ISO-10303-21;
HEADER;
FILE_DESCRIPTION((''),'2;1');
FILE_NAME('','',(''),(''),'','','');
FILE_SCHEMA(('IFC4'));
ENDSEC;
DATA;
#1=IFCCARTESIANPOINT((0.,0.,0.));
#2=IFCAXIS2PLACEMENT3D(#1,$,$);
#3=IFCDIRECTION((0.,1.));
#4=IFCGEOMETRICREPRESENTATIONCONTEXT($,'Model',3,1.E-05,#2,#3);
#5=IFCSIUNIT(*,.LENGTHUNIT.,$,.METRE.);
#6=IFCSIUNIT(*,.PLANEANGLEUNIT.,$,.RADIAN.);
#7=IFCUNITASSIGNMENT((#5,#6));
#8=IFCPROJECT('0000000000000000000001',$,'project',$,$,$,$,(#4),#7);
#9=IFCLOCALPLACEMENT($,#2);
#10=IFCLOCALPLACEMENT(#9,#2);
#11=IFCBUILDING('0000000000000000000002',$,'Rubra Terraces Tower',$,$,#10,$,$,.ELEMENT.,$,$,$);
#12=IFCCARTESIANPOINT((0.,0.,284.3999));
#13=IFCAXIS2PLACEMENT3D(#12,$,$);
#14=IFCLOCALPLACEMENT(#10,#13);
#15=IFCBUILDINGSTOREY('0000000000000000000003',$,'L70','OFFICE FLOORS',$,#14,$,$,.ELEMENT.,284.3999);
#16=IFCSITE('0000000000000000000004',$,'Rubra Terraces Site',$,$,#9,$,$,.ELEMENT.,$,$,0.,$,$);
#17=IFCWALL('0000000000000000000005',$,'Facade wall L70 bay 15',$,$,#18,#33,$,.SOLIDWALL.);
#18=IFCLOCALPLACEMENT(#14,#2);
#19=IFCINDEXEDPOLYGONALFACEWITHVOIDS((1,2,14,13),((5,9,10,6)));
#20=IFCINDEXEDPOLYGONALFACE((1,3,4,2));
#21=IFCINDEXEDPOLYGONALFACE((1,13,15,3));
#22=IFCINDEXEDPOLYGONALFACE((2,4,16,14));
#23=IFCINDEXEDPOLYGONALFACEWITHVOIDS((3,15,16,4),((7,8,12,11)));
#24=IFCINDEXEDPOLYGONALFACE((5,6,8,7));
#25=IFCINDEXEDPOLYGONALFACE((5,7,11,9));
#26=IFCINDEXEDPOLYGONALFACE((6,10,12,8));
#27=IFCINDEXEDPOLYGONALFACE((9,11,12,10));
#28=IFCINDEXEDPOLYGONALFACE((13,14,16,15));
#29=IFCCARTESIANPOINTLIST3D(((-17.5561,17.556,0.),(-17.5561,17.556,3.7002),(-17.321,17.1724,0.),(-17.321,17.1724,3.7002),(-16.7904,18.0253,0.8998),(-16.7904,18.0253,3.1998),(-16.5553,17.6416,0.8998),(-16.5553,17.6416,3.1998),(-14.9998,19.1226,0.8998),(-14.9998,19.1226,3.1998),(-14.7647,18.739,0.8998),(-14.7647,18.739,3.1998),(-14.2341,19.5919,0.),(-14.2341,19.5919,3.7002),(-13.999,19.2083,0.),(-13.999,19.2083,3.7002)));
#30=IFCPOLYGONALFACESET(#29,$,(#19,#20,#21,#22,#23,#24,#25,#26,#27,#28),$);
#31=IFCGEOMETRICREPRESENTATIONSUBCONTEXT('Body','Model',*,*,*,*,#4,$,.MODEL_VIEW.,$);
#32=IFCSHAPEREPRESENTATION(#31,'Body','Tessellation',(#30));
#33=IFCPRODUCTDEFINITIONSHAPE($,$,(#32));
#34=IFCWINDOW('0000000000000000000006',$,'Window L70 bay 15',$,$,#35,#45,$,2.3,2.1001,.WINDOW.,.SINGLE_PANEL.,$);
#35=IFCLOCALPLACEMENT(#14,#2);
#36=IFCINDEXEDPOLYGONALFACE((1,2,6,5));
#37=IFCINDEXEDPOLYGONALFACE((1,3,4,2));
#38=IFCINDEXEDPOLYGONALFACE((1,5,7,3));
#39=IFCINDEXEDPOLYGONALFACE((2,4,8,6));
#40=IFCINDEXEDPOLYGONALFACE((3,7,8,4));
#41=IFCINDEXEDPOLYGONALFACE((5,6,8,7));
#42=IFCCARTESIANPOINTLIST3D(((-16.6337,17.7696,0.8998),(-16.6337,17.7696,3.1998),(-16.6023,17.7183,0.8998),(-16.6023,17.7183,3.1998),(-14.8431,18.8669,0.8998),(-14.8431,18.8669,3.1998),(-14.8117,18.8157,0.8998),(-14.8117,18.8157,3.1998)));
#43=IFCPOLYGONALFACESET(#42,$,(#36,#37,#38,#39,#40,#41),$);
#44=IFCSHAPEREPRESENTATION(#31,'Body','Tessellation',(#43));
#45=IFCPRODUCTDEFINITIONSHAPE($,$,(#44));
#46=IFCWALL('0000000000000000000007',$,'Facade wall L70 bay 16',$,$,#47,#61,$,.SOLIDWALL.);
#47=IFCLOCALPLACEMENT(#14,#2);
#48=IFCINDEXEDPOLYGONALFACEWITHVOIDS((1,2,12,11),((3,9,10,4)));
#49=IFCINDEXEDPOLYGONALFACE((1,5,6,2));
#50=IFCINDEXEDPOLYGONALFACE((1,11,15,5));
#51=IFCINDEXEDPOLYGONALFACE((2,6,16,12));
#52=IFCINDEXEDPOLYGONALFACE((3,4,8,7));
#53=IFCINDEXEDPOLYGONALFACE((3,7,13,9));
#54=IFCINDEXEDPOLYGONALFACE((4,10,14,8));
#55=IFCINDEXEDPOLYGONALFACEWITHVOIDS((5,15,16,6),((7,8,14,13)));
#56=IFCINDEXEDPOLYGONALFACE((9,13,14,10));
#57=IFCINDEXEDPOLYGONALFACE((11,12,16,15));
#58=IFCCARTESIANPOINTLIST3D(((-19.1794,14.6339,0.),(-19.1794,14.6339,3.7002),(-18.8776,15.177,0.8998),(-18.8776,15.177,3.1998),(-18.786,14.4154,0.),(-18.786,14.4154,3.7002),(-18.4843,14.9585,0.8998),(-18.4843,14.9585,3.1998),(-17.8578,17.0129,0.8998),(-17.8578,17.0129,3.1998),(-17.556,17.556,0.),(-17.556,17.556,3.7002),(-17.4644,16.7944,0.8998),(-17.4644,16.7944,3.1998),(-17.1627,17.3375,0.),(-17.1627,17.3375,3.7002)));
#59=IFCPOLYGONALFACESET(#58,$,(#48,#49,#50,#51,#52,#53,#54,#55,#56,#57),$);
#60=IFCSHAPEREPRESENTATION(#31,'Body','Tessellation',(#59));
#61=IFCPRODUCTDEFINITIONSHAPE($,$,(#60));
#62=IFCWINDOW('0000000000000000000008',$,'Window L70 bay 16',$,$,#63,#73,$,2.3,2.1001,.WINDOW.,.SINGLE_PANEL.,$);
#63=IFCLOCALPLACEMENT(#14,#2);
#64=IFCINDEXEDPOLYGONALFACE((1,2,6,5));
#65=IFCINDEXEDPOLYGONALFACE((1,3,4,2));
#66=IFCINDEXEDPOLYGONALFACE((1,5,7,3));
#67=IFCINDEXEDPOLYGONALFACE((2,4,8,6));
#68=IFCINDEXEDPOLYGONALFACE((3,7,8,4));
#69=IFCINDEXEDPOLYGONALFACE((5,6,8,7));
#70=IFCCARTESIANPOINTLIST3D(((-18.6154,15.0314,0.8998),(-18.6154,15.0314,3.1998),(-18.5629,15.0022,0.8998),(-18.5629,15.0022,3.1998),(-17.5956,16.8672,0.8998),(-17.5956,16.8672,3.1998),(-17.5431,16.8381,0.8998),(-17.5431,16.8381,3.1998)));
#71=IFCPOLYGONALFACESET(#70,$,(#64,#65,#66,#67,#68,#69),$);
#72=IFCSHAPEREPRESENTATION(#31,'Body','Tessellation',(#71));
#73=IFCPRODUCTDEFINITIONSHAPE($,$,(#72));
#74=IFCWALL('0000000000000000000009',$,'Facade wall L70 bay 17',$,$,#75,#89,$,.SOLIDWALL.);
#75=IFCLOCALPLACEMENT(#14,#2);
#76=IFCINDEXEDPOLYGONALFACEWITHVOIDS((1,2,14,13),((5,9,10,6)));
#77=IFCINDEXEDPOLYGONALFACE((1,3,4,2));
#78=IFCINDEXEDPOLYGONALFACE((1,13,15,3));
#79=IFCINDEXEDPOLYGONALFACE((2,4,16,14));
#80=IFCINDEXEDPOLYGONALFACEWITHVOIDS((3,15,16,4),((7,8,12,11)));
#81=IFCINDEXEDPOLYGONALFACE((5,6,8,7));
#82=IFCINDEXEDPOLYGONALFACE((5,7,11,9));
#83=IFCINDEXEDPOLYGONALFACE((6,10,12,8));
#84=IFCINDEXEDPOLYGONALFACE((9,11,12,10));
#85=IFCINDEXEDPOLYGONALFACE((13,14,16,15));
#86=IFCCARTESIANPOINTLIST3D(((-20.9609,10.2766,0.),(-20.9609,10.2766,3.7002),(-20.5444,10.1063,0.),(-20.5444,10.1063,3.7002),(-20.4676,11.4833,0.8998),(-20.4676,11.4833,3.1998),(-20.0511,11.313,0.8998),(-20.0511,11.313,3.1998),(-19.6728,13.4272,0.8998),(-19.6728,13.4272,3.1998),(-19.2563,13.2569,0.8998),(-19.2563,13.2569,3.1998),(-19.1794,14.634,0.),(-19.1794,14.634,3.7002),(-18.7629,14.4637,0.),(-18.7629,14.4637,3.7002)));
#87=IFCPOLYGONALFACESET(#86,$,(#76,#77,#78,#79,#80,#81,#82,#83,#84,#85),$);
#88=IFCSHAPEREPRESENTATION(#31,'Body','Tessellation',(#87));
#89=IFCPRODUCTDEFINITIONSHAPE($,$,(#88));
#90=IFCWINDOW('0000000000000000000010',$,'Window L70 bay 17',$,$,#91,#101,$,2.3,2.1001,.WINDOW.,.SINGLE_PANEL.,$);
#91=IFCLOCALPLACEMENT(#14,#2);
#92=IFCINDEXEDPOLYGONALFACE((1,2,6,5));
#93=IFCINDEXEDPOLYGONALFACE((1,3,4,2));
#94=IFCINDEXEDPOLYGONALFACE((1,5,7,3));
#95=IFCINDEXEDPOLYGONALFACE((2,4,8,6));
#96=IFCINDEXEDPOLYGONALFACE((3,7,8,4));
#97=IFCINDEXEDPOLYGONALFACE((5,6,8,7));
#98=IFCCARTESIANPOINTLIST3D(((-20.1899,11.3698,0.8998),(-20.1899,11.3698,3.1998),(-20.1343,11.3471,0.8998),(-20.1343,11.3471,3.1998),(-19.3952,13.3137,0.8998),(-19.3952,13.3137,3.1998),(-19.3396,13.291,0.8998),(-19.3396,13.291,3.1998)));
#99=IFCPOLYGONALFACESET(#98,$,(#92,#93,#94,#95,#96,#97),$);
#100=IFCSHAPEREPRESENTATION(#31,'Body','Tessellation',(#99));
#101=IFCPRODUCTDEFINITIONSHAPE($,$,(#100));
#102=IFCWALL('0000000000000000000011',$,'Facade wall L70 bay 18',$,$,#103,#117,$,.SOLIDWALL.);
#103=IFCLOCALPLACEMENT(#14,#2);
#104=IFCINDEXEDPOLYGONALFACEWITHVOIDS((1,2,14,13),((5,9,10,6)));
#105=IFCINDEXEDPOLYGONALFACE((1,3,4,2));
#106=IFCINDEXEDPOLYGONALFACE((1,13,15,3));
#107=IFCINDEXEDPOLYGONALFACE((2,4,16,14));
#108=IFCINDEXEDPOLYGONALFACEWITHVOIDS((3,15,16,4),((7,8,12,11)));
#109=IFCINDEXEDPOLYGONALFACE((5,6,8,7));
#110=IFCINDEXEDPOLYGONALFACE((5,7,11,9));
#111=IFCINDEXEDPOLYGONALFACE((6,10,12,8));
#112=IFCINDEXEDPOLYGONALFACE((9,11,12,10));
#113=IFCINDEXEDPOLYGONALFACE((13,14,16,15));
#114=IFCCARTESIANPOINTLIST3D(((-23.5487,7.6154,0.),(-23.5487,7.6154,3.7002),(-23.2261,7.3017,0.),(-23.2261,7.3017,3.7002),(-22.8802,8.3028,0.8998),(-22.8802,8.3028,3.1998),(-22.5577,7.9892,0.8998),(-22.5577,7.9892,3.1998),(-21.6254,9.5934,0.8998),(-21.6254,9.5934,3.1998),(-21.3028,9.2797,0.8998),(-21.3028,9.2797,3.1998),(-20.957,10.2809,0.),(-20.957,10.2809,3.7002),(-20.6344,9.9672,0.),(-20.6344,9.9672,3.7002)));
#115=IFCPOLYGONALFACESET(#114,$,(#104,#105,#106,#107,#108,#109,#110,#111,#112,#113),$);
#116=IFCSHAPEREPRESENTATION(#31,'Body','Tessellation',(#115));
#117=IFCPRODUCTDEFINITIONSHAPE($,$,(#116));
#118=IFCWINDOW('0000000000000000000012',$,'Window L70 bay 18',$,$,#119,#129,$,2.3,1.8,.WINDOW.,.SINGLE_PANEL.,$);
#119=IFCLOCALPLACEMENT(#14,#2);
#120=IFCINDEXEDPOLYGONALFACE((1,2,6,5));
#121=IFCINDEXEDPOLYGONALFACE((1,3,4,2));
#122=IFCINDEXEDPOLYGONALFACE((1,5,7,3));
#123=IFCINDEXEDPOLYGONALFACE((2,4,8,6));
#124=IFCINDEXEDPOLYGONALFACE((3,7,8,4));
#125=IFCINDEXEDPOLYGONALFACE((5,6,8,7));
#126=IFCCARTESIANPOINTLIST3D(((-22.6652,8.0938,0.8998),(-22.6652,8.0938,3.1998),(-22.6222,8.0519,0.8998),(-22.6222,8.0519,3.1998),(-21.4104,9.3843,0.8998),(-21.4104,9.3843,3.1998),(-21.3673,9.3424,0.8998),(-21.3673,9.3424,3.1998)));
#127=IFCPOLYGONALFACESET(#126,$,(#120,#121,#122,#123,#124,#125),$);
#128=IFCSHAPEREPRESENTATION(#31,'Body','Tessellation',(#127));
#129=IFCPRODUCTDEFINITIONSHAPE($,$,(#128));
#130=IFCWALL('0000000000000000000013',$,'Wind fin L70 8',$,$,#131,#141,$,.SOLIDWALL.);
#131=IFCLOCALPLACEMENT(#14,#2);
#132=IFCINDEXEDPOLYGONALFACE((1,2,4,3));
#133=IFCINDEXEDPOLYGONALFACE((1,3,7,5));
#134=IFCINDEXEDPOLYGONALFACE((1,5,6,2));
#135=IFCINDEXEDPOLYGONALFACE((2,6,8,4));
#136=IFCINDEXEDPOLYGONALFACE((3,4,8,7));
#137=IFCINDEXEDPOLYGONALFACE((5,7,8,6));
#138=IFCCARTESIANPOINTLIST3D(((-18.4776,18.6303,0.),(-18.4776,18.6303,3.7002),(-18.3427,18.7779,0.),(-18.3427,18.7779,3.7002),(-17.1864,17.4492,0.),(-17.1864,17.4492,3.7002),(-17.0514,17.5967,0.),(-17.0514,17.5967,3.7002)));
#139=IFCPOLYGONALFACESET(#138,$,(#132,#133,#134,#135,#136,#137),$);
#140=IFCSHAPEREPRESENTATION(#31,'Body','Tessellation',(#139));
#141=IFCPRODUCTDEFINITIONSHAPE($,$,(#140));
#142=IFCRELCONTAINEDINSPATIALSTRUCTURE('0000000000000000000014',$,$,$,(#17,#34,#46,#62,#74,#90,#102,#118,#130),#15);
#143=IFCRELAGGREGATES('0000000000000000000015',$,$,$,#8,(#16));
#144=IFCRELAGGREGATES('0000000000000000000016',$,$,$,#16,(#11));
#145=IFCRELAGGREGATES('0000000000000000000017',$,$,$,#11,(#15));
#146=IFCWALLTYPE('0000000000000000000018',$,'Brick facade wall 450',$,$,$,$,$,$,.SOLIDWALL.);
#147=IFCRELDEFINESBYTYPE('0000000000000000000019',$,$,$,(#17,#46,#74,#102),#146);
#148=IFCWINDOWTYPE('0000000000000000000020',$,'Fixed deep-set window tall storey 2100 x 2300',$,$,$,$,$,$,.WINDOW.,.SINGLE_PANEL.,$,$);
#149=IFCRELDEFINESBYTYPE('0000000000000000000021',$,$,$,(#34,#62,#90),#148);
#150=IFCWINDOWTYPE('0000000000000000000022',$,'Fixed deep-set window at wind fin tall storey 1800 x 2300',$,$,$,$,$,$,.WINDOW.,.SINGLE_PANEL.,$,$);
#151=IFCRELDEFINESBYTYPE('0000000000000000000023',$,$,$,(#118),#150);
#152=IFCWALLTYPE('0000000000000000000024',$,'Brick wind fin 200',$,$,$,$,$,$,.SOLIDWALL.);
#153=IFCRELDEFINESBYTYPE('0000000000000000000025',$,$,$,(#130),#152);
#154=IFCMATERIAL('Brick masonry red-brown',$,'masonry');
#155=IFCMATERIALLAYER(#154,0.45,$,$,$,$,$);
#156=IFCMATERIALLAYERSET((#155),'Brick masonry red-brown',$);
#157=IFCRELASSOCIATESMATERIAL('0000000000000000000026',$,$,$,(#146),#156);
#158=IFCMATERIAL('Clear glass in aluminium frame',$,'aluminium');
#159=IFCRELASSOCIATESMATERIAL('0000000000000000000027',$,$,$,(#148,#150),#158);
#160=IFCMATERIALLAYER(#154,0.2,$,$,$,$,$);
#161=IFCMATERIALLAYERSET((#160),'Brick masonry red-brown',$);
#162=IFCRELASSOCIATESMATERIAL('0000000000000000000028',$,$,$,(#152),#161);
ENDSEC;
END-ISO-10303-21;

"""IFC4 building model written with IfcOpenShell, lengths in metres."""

from ifc_helpers import new_model, si_unit, direction, frame, frame_2d, origin, place, context, subcontext, project, spatial, rectangle, extrude, material, layer, layer_set, type_object, element, fill, save


model = new_model("IFC4")

# Units and contexts
model_context = context("Model", 3, precision=1e-05, world=origin(), true_north=direction((0.0, 1.0)))
body_context = subcontext(model_context, "Body", "Model", "MODEL_VIEW")
ifc_project = project(units=[si_unit("LENGTHUNIT", "METRE"), si_unit("PLANEANGLEUNIT", "RADIAN")], contexts=[model_context])

# Site, building, storey
site_placement = place(None, origin())
site = spatial("IfcSite", under=ifc_project, at=site_placement, Name="Rubra Terraces Site", CompositionType="ELEMENT", RefElevation=0.0)
building_placement = place(site_placement, origin())
building = spatial("IfcBuilding", under=site, at=building_placement, Name="Rubra Terraces Tower", CompositionType="ELEMENT")
storey_placement = place(building_placement, frame((0.0, 0.0, 284.3999)))
storey = spatial("IfcBuildingStorey", under=building, at=storey_placement, Name="L70", Description="OFFICE FLOORS", CompositionType="ELEMENT", Elevation=284.3999)

# Walls, openings, windows
ifc_material_1 = material(Name="Brick masonry red-brown", Category="masonry")
ifc_layer_1 = layer(ifc_material_1, 0.45)
ifc_layer_set_1 = layer_set([ifc_layer_1], Name="Brick masonry red-brown")
wall_type_1 = type_object("IfcWallType", Name="Brick facade wall 450", PredefinedType="SOLIDWALL", material=ifc_layer_set_1)
wall_1_placement = place(storey_placement, frame((-14.1165, 19.4001, 0.0), z_axis=(0.0, 0.0, 1.0), x_axis=(-0.852623, -0.522527, 0.0)))
wall_1 = element("IfcWall", 1, at=wall_1_placement, inside=storey, type_object=wall_type_1, Name="Facade wall L70 bay 15", PredefinedType="SOLIDWALL", context=body_context, shape_type="SweptSolid", body=[
    extrude(rectangle(XDim=3.8962, YDim=0.45, at=frame_2d((1.9482, 0.0))), origin(), (0.0, 0.0, 1.0), 3.7002),
])
opening_1_placement = place(wall_1_placement, frame((0.8982, 0.0, 0.8999)))
opening_1 = element("IfcOpeningElement", 2, at=opening_1_placement, cuts=wall_1, PredefinedType="OPENING", context=body_context, shape_type="SweptSolid", body=[
    extrude(rectangle(XDim=2.1001, YDim=2.3, at=frame_2d((1.05, 1.1499))), frame((0.0, 0.2349, 0.0), z_axis=(0.0, -1.0, 0.0), x_axis=(1.0, 0.0, 0.0)), (0.0, 0.0, 1.0), 0.47),
])
ifc_material_2 = material(Name="Clear glass in aluminium frame", Category="aluminium")
window_type_1 = type_object("IfcWindowType", Name="Fixed deep-set window tall storey 2100 x 2300", PartitioningType="SINGLE_PANEL", PredefinedType="WINDOW", material=ifc_material_2)
window_1_placement = place(opening_1_placement, origin())
window_1 = element("IfcWindow", 3, at=window_1_placement, inside=storey, type_object=window_type_1, Name="Window L70 bay 15", OverallHeight=2.3, OverallWidth=2.1001, PartitioningType="SINGLE_PANEL", PredefinedType="WINDOW", context=body_context, shape_type="SweptSolid", body=[
    extrude(rectangle(XDim=2.1001, YDim=2.3, at=frame_2d((1.05, 1.1499))), frame((0.0, 0.135, 0.0), z_axis=(0.0, -1.0, 0.0), x_axis=(1.0, 0.0, 0.0)), (0.0, 0.0, 1.0), 0.0601),
])
fill(opening_1, window_1)
wall_2_placement = place(storey_placement, frame((-17.3594, 17.4468, 0.0), z_axis=(0.0, 0.0, 1.0), x_axis=(-0.485618, -0.874171, 0.0)))
wall_2 = element("IfcWall", 4, at=wall_2_placement, inside=storey, type_object=wall_type_1, Name="Facade wall L70 bay 16", PredefinedType="SOLIDWALL", context=body_context, shape_type="SweptSolid", body=[
    extrude(rectangle(XDim=3.3428, YDim=0.45, at=frame_2d((1.6714, 0.0))), origin(), (0.0, 0.0, 1.0), 3.7002),
])
opening_2_placement = place(wall_2_placement, frame((0.6213, 0.0, 0.8999)))
opening_2 = element("IfcOpeningElement", 5, at=opening_2_placement, cuts=wall_2, PredefinedType="OPENING", context=body_context, shape_type="SweptSolid", body=[
    extrude(rectangle(XDim=2.1001, YDim=2.3, at=frame_2d((1.05, 1.1499))), frame((0.0, 0.2349, 0.0), z_axis=(0.0, -1.0, 0.0), x_axis=(1.0, 0.0, 0.0)), (0.0, 0.0, 1.0), 0.47),
])
window_2_placement = place(opening_2_placement, origin())
window_2 = element("IfcWindow", 6, at=window_2_placement, inside=storey, type_object=window_type_1, Name="Window L70 bay 16", OverallHeight=2.3, OverallWidth=2.1001, PartitioningType="SINGLE_PANEL", PredefinedType="WINDOW", context=body_context, shape_type="SweptSolid", body=[
    extrude(rectangle(XDim=2.1001, YDim=2.3, at=frame_2d((1.05, 1.1499))), frame((0.0, 0.135, 0.0), z_axis=(0.0, -1.0, 0.0), x_axis=(1.0, 0.0, 0.0)), (0.0, 0.0, 1.0), 0.0601),
])
fill(opening_2, window_2)
wall_3_placement = place(storey_placement, frame((-18.9712, 14.5488, 0.0), z_axis=(0.0, 0.0, 1.0), x_axis=(-0.378435, -0.925628, 0.0)))
wall_3 = element("IfcWall", 7, at=wall_3_placement, inside=storey, type_object=wall_type_1, Name="Facade wall L70 bay 17", PredefinedType="SOLIDWALL", context=body_context, shape_type="SweptSolid", body=[
    extrude(rectangle(XDim=4.7075, YDim=0.45, at=frame_2d((2.3538, 0.0))), origin(), (0.0, 0.0, 1.0), 3.7002),
])
opening_3_placement = place(wall_3_placement, frame((1.3037, 0.0, 0.8999)))
opening_3 = element("IfcOpeningElement", 8, at=opening_3_placement, cuts=wall_3, PredefinedType="OPENING", context=body_context, shape_type="SweptSolid", body=[
    extrude(rectangle(XDim=2.1001, YDim=2.3, at=frame_2d((1.05, 1.1499))), frame((0.0, 0.2349, 0.0), z_axis=(0.0, -1.0, 0.0), x_axis=(1.0, 0.0, 0.0)), (0.0, 0.0, 1.0), 0.47),
])
window_3_placement = place(opening_3_placement, origin())
window_3 = element("IfcWindow", 9, at=window_3_placement, inside=storey, type_object=window_type_1, Name="Window L70 bay 17", OverallHeight=2.3, OverallWidth=2.1001, PartitioningType="SINGLE_PANEL", PredefinedType="WINDOW", context=body_context, shape_type="SweptSolid", body=[
    extrude(rectangle(XDim=2.1001, YDim=2.3, at=frame_2d((1.05, 1.1499))), frame((0.0, 0.135, 0.0), z_axis=(0.0, -1.0, 0.0), x_axis=(1.0, 0.0, 0.0)), (0.0, 0.0, 1.0), 0.0601),
])
fill(opening_3, window_3)
wall_4_placement = place(storey_placement, frame((-20.7957, 10.124, 0.0), z_axis=(0.0, 0.0, 1.0), x_axis=(-0.697122, -0.716953, 0.0)))
wall_4 = element("IfcWall", 10, at=wall_4_placement, inside=storey, type_object=wall_type_1, Name="Facade wall L70 bay 18", PredefinedType="SOLIDWALL", context=body_context, shape_type="SweptSolid", body=[
    extrude(rectangle(XDim=3.7178, YDim=0.45, at=frame_2d((1.8589, 0.0))), origin(), (0.0, 0.0, 1.0), 3.7002),
])
opening_4_placement = place(wall_4_placement, frame((0.959, 0.0, 0.8999)))
opening_4 = element("IfcOpeningElement", 11, at=opening_4_placement, cuts=wall_4, PredefinedType="OPENING", context=body_context, shape_type="SweptSolid", body=[
    extrude(rectangle(XDim=1.8, YDim=2.3, at=frame_2d((0.8999, 1.1499))), frame((0.0, 0.2349, 0.0), z_axis=(0.0, -1.0, 0.0), x_axis=(1.0, 0.0, 0.0)), (0.0, 0.0, 1.0), 0.47),
])
window_type_2 = type_object("IfcWindowType", Name="Fixed deep-set window at wind fin tall storey 1800 x 2300", PartitioningType="SINGLE_PANEL", PredefinedType="WINDOW", material=ifc_material_2)
window_4_placement = place(opening_4_placement, origin())
window_4 = element("IfcWindow", 12, at=window_4_placement, inside=storey, type_object=window_type_2, Name="Window L70 bay 18", OverallHeight=2.3, OverallWidth=1.8, PartitioningType="SINGLE_PANEL", PredefinedType="WINDOW", context=body_context, shape_type="SweptSolid", body=[
    extrude(rectangle(XDim=1.8, YDim=2.3, at=frame_2d((0.8999, 1.1499))), frame((0.0, 0.135, 0.0), z_axis=(0.0, -1.0, 0.0), x_axis=(1.0, 0.0, 0.0)), (0.0, 0.0, 1.0), 0.0601),
])
fill(opening_4, window_4)

# Wall
ifc_layer_2 = layer(ifc_material_1, 0.2)
ifc_layer_set_2 = layer_set([ifc_layer_2], Name="Brick masonry red-brown")
wall_type_2 = type_object("IfcWallType", Name="Brick wind fin 200", PredefinedType="SOLIDWALL", material=ifc_layer_set_2)
wall_5_placement = place(storey_placement, frame((-17.1189, 17.5229, 0.0), z_axis=(0.0, 0.0, 1.0), x_axis=(-0.737866, 0.674947, 0.0)))
element("IfcWall", 13, at=wall_5_placement, inside=storey, type_object=wall_type_2, Name="Wind fin L70 8", PredefinedType="SOLIDWALL", context=body_context, shape_type="SweptSolid", body=[
    extrude(rectangle(XDim=1.75, YDim=0.2, at=frame_2d((0.875, 0.0))), origin(), (0.0, 0.0, 1.0), 3.7002),
])

save(model, "model.ifc")
